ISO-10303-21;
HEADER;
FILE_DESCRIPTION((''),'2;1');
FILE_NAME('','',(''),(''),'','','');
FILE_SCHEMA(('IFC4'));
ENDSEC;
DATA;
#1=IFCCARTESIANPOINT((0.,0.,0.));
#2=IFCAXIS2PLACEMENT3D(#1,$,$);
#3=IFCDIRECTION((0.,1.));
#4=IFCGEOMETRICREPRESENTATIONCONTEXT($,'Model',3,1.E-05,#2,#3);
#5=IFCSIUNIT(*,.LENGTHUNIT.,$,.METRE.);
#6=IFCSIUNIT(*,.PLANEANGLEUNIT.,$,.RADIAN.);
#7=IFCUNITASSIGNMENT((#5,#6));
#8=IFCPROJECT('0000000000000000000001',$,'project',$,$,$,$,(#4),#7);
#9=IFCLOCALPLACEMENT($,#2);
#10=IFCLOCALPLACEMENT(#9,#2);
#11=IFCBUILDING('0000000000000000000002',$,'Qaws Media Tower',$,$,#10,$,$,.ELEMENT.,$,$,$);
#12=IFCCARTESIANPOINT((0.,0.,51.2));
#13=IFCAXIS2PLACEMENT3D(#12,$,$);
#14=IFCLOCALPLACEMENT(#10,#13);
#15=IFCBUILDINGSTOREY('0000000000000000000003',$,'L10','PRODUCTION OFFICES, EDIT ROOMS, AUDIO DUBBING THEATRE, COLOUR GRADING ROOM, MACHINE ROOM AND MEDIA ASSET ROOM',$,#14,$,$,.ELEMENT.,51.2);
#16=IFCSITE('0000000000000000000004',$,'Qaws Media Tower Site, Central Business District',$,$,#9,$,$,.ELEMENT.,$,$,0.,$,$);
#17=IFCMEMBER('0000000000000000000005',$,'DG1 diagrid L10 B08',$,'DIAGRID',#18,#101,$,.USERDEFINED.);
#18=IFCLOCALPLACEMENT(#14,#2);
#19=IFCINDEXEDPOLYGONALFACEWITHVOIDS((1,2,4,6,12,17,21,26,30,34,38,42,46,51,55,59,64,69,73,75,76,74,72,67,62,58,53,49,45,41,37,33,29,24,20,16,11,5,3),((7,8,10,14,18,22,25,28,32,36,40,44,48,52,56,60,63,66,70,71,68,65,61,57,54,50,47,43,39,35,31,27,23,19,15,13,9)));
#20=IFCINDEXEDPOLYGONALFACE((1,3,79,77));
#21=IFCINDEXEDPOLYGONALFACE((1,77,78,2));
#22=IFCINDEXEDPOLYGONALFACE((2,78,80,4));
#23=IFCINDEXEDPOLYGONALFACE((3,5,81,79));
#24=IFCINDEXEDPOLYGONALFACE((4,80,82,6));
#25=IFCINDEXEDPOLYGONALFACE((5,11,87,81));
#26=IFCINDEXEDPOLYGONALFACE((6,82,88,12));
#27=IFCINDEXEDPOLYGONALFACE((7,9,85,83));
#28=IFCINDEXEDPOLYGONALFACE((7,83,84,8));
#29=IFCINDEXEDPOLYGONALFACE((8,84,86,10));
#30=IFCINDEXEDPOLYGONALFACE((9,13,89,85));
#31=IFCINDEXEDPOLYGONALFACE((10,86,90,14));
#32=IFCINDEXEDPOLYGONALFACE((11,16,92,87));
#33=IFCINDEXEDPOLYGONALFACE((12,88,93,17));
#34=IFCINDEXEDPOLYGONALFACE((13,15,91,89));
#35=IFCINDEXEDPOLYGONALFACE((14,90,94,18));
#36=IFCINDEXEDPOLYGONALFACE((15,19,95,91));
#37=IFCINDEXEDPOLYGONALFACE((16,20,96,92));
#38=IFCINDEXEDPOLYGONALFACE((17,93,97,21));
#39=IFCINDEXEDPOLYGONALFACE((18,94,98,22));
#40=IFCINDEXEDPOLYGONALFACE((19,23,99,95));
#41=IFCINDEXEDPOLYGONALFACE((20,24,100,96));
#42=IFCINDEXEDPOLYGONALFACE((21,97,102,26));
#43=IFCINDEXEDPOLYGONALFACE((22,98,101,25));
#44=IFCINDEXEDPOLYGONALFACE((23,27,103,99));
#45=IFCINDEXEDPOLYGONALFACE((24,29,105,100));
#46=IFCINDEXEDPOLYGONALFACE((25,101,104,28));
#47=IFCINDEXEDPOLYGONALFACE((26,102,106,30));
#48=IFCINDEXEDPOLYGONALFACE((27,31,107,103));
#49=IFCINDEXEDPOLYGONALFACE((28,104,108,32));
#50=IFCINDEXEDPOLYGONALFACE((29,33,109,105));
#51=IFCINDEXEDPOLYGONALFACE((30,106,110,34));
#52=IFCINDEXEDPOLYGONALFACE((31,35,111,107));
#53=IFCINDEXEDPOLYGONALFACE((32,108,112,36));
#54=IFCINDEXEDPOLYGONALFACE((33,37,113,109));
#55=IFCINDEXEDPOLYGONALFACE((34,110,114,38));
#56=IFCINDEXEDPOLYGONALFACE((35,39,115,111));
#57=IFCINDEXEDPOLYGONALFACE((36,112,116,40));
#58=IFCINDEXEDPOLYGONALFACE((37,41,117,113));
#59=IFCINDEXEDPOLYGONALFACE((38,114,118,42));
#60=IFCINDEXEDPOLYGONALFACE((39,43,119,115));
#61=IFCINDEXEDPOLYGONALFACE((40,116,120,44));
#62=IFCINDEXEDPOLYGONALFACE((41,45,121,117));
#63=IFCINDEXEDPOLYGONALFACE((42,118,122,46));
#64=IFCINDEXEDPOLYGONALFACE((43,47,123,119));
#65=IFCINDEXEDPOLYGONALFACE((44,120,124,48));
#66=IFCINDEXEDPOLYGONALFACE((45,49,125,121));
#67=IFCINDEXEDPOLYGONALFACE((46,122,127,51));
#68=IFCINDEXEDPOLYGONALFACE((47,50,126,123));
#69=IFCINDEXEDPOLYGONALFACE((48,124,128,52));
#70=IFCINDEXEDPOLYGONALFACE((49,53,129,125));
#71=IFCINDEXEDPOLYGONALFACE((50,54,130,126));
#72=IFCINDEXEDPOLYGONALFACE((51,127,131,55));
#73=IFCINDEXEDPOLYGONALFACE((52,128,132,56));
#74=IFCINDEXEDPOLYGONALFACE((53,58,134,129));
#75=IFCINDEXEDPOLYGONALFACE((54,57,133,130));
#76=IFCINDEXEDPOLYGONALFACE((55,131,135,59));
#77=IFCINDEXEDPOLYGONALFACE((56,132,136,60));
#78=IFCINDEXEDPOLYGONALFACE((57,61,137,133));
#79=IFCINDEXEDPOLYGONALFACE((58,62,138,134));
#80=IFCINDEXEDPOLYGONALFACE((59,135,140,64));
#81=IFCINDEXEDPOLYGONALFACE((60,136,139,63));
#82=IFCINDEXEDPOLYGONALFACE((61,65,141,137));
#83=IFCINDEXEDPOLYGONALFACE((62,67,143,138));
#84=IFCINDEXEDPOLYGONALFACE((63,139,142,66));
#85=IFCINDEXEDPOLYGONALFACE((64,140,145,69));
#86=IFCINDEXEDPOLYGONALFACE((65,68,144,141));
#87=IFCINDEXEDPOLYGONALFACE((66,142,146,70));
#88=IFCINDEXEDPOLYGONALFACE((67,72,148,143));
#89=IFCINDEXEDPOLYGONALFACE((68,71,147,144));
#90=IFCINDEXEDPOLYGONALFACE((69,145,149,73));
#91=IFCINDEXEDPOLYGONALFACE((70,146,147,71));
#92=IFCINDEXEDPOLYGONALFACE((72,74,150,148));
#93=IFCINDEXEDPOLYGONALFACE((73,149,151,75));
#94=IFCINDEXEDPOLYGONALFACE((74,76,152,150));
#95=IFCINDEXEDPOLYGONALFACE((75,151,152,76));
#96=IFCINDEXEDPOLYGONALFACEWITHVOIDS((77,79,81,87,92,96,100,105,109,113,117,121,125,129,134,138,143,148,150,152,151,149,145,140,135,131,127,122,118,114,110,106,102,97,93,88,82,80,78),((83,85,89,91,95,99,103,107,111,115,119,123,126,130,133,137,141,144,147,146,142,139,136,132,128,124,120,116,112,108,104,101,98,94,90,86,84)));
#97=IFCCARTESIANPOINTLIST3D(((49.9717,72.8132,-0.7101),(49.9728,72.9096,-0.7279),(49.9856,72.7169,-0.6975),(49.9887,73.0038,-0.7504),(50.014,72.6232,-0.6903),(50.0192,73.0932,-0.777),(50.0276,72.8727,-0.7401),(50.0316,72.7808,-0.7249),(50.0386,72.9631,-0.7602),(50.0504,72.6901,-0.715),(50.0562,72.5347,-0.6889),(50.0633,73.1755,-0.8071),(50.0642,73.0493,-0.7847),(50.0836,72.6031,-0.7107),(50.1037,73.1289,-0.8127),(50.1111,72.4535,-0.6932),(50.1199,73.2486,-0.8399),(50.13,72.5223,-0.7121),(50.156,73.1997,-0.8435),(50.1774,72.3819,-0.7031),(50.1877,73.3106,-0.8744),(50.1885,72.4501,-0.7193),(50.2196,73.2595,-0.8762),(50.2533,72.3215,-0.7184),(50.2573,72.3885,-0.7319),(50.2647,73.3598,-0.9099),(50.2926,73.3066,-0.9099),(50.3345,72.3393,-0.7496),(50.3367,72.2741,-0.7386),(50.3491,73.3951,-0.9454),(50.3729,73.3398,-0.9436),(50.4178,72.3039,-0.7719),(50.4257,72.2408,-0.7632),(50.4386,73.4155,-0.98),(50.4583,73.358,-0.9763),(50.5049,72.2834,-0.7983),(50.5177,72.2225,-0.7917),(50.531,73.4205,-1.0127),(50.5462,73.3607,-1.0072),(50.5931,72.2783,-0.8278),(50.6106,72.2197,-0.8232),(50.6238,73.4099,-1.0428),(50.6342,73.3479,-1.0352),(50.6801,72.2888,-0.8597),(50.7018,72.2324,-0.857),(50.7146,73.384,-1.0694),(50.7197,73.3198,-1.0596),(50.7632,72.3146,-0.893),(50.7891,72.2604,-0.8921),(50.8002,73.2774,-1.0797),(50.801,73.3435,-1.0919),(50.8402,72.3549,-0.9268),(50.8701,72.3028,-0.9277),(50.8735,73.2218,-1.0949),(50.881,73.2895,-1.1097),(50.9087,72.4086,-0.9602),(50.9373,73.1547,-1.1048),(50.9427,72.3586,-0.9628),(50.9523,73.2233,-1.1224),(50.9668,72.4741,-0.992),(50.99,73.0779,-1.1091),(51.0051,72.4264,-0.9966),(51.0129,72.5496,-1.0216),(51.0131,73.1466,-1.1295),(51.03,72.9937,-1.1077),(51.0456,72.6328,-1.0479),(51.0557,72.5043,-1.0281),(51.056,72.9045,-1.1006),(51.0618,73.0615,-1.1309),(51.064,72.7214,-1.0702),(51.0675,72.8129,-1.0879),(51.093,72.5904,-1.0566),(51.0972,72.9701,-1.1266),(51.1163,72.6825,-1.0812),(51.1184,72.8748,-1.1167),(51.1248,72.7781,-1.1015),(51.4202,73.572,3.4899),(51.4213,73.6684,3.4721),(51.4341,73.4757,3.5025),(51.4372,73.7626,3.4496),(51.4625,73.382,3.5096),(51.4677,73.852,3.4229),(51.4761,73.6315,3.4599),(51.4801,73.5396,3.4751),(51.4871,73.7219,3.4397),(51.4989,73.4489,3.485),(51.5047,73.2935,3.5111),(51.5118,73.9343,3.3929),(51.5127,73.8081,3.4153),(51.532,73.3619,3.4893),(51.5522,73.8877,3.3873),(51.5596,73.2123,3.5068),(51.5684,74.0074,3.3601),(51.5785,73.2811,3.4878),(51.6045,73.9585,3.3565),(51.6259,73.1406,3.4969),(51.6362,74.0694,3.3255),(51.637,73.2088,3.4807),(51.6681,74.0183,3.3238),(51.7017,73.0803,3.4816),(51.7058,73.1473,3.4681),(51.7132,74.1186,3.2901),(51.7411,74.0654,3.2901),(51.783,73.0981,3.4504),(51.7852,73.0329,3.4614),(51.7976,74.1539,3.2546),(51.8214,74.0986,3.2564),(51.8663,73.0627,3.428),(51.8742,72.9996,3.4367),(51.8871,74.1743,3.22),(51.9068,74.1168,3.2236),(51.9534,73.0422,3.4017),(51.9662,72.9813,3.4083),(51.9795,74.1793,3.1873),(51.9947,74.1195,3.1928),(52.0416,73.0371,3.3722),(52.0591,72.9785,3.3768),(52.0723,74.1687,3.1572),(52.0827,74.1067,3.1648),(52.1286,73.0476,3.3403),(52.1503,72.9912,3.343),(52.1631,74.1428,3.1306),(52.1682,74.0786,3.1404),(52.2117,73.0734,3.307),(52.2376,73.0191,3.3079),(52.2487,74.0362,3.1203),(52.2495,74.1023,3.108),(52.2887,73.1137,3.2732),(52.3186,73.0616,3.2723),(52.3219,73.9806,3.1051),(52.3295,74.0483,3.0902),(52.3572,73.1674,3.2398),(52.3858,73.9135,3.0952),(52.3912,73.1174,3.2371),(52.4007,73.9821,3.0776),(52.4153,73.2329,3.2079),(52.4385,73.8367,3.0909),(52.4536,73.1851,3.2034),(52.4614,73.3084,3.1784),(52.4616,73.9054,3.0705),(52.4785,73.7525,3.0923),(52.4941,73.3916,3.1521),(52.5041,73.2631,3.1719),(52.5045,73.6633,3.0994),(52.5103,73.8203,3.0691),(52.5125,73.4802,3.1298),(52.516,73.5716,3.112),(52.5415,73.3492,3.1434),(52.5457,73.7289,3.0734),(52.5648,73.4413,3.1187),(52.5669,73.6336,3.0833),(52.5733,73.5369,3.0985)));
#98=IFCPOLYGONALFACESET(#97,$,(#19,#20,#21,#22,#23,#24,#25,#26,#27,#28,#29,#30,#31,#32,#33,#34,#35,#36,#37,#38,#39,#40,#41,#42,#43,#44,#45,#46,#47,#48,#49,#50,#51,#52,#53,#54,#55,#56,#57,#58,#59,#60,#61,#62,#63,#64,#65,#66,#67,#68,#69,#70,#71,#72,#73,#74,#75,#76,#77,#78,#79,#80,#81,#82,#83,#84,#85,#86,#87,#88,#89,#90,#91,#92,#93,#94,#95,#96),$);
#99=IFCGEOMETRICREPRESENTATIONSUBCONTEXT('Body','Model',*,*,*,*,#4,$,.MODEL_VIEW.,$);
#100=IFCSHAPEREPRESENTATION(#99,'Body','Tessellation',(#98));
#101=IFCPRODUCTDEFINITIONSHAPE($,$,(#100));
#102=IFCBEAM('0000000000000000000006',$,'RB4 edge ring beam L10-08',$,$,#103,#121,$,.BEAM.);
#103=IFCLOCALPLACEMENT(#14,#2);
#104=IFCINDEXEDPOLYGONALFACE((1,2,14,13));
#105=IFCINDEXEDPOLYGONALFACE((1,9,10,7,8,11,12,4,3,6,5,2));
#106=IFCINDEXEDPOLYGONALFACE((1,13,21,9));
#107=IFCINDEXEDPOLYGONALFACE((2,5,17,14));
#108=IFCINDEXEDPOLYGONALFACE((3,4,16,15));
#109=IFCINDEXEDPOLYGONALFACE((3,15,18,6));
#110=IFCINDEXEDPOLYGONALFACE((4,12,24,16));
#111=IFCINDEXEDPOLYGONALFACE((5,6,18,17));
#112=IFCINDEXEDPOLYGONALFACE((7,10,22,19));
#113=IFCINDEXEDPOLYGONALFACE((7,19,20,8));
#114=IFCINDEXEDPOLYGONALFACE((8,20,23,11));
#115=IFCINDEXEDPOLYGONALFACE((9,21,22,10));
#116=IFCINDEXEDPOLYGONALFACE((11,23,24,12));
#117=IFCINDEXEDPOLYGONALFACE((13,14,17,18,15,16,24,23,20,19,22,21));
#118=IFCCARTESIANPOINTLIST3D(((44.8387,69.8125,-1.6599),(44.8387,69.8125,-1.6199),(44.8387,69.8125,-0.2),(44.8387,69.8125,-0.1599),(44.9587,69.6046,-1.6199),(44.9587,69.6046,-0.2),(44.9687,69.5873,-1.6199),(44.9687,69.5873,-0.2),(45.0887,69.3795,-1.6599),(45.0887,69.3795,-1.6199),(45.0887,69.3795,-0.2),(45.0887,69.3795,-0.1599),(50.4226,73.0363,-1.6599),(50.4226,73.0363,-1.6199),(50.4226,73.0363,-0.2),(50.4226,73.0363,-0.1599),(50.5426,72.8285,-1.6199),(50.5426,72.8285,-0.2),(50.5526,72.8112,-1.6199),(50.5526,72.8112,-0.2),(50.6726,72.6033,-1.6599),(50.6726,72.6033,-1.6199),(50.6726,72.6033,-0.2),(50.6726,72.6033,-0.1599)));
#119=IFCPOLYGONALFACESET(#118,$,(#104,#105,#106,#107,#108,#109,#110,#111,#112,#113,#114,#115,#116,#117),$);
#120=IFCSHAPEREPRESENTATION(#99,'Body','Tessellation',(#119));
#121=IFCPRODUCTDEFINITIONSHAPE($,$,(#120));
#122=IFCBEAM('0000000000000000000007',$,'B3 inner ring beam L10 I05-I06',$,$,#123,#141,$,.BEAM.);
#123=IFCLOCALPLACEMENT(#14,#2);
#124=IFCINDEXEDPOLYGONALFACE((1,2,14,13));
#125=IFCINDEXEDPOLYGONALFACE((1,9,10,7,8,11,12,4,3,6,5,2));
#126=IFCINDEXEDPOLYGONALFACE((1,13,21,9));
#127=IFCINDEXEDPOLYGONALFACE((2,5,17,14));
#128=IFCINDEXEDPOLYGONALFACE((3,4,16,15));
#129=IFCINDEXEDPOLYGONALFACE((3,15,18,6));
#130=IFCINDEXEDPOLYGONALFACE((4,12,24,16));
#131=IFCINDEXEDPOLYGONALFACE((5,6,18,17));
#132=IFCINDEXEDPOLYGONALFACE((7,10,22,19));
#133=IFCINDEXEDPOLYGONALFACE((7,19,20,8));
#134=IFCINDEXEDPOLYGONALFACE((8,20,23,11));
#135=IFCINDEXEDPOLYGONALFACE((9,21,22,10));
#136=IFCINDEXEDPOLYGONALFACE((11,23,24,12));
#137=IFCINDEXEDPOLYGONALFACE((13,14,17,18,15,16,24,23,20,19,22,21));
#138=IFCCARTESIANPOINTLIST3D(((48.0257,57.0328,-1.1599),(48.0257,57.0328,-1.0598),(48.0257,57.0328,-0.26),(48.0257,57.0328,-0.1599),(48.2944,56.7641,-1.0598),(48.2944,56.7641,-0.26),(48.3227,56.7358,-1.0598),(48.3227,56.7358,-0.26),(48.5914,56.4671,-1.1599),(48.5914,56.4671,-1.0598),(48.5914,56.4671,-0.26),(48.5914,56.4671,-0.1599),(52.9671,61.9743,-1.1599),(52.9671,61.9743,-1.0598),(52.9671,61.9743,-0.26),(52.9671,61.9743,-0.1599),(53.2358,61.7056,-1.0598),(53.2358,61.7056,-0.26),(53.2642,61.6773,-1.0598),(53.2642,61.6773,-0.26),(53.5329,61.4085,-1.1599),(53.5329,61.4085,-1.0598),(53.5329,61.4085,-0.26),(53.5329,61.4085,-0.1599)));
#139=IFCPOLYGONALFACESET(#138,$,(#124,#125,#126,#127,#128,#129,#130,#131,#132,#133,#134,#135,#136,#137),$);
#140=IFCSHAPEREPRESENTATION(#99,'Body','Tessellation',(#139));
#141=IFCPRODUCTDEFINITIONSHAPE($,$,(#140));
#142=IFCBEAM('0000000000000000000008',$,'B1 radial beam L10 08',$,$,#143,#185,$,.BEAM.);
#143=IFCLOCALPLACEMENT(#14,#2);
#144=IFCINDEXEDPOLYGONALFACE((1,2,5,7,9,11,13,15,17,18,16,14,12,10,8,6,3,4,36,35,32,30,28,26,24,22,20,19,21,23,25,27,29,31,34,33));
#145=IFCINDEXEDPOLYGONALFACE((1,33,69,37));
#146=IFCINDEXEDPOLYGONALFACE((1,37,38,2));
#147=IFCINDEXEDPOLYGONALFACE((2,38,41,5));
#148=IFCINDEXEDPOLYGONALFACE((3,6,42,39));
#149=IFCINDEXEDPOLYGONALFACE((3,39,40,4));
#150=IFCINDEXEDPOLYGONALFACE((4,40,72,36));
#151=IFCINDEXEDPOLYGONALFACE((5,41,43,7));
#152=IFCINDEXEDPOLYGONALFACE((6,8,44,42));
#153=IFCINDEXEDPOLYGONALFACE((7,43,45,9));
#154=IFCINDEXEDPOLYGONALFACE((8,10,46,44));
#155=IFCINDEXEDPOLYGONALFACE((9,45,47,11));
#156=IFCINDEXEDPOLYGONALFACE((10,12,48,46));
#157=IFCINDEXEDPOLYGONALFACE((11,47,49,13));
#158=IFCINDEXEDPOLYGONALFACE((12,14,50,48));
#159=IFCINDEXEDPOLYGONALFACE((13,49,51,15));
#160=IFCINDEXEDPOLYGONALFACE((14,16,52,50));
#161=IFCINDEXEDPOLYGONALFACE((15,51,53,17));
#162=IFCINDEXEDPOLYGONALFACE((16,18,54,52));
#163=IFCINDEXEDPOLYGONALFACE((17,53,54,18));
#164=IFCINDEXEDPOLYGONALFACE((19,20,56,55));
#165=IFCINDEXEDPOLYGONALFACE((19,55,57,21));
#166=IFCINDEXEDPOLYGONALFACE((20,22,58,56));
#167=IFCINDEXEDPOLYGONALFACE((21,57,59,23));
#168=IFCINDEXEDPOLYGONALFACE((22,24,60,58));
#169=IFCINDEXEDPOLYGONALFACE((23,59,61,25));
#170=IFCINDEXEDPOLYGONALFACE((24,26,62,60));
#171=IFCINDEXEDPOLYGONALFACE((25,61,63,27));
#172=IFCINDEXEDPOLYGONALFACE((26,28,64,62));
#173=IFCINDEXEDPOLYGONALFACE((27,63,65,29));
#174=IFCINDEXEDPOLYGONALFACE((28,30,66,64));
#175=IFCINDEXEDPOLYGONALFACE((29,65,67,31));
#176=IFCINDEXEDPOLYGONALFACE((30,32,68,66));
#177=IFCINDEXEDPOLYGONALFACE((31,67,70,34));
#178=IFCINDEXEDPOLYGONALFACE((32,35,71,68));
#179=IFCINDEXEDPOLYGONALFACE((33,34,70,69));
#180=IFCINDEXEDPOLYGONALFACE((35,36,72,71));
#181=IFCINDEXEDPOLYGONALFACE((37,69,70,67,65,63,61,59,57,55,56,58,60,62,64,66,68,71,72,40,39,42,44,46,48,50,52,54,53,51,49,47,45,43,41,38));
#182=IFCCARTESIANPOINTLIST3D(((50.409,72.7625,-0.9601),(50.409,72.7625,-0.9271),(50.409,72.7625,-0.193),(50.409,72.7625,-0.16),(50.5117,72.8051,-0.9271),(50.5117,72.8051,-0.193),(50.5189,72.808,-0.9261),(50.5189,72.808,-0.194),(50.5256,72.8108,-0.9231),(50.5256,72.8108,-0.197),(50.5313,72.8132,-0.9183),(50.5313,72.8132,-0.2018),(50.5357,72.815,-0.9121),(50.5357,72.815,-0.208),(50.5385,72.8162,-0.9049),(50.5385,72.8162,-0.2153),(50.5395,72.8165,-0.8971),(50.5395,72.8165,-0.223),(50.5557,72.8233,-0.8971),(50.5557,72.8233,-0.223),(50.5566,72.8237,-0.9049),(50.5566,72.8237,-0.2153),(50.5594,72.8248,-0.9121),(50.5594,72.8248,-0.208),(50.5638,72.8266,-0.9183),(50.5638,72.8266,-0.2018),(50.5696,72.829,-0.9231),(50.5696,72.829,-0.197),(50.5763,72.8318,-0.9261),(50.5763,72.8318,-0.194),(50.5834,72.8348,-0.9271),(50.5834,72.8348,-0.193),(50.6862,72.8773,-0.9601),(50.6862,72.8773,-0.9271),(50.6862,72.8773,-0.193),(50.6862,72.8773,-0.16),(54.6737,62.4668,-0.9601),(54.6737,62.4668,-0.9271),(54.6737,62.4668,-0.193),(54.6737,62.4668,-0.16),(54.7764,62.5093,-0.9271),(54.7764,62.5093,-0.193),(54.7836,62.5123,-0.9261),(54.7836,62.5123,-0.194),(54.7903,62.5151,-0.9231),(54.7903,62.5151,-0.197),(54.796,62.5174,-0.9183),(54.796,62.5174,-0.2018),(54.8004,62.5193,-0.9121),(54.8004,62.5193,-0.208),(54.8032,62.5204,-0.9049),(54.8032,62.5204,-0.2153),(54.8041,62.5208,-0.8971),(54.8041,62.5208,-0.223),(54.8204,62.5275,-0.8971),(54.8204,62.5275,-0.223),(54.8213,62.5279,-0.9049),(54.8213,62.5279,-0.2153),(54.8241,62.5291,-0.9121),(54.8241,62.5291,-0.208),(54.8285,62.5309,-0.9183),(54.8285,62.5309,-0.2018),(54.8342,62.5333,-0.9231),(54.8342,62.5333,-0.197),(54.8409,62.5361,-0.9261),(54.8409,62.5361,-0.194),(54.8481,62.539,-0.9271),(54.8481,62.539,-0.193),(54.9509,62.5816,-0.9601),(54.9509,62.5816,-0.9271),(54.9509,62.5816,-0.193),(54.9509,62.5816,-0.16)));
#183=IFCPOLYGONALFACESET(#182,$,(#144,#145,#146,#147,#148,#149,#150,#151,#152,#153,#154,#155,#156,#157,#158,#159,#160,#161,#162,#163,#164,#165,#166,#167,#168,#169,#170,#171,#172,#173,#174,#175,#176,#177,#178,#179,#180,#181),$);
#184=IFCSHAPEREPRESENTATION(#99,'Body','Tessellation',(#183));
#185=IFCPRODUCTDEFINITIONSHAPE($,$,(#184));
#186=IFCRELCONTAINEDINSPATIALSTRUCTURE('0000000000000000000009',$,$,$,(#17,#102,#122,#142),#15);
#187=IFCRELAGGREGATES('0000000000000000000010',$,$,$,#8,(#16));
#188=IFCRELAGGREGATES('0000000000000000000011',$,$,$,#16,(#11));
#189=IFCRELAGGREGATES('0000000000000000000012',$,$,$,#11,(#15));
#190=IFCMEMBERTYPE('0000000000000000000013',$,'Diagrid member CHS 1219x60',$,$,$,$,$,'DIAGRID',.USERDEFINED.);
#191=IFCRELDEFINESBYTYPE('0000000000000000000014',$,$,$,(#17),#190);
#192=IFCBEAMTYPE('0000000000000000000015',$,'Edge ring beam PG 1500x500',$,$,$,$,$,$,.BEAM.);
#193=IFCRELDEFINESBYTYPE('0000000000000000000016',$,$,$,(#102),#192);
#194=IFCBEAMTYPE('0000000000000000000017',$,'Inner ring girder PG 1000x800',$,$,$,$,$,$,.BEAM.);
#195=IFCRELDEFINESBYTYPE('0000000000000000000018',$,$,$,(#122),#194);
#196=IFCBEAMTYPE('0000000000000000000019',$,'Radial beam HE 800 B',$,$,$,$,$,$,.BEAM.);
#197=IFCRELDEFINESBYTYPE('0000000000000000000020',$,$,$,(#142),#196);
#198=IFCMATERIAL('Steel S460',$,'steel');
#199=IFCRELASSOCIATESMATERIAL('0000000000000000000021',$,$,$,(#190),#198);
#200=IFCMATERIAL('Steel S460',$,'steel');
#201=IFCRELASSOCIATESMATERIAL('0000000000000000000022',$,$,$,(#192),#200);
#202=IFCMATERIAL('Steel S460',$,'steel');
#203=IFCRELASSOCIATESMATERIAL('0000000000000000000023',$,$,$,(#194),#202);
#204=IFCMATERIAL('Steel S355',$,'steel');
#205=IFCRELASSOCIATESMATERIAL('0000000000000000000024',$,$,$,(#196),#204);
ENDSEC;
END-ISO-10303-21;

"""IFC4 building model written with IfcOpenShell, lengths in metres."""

from ifc_helpers import new_model, si_unit, direction, frame, origin, origin_2d, place, context, subcontext, project, spatial, hollow_circle, i_section, extrude, material, material_profile, profile_set, type_object, element, save


model = new_model("IFC4")

# Units and contexts
model_context = context("Model", 3, precision=1e-05, world=origin(), true_north=direction((0.0, 1.0)))
body_context = subcontext(model_context, "Body", "Model", "MODEL_VIEW")
ifc_project = project(units=[si_unit("LENGTHUNIT", "METRE"), si_unit("PLANEANGLEUNIT", "RADIAN")], contexts=[model_context])

# Site, building, storey
site_placement = place(None, origin())
site = spatial("IfcSite", under=ifc_project, at=site_placement, Name="Qaws Media Tower Site, Central Business District", CompositionType="ELEMENT", RefElevation=0.0)
building_placement = place(site_placement, origin())
building = spatial("IfcBuilding", under=site, at=building_placement, Name="Qaws Media Tower", CompositionType="ELEMENT")
storey_placement = place(building_placement, frame((0.0, 0.0, 51.2)))
storey = spatial("IfcBuildingStorey", under=building, at=storey_placement, Name="L10", Description="PRODUCTION OFFICES, EDIT ROOMS, AUDIO DUBBING THEATRE, COLOUR GRADING ROOM, MACHINE ROOM AND MEDIA ASSET ROOM", CompositionType="ELEMENT", Elevation=51.2)

# Member
ifc_material_1 = material(Name="Steel S460", Category="steel")
ifc_material_profile_1 = material_profile(ifc_material_1, hollow_circle(Radius=0.6096, WallThickness=0.0601, at=origin_2d()), Name="CHS 1219x60")
ifc_profile_set_1 = profile_set([ifc_material_profile_1], Name="Steel S460")
member_type_1 = type_object("IfcMemberType", Name="Diagrid member CHS 1219x60", ElementType="DIAGRID", PredefinedType="USERDEFINED", material=ifc_profile_set_1)
for number, where, z_axis, x_axis, name in (
    (1, (50.5476, 72.8198, -0.9099), (0.321383, 0.168356, 0.931863), (-0.464035, 0.885817, 0.0), "DG1 diagrid L10 B08"),
):
    element("IfcMember", number, at=place(storey_placement, frame(where, z_axis=z_axis, x_axis=x_axis)), inside=storey, type_object=member_type_1, Name=name, ObjectType="DIAGRID", PredefinedType="USERDEFINED", context=body_context, shape_type="SweptSolid", body=[
        extrude(hollow_circle(Radius=0.6096, WallThickness=0.0601, at=origin_2d()), origin(), (0.0, 0.0, 1.0), 4.5071),
    ])

# Beams
ifc_material_2 = material(Name="Steel S460", Category="steel")
ifc_material_profile_2 = material_profile(ifc_material_2, i_section(OverallWidth=0.5, OverallDepth=1.5, WebThickness=0.02, FlangeThickness=0.04, at=origin_2d()), Name="PG 1500x500")
ifc_profile_set_2 = profile_set([ifc_material_profile_2], Name="Steel S460")
beam_type_1 = type_object("IfcBeamType", Name="Edge ring beam PG 1500x500", PredefinedType="BEAM", material=ifc_profile_set_2)
beam_1_placement = place(storey_placement, frame((50.5476, 72.8198, -0.9099), z_axis=(-0.866028, -0.499996, 0.0), x_axis=(0.499996, -0.866028, 0.0)))
element("IfcBeam", 2, at=beam_1_placement, inside=storey, type_object=beam_type_1, Name="RB4 edge ring beam L10-08", PredefinedType="BEAM", context=body_context, shape_type="SweptSolid", body=[
    extrude(i_section(OverallWidth=0.5, OverallDepth=1.5, WebThickness=0.02, FlangeThickness=0.04, at=origin_2d()), origin(), (0.0, 0.0, 1.0), 6.4478),
])
ifc_material_3 = material(Name="Steel S460", Category="steel")
ifc_material_profile_3 = material_profile(ifc_material_3, i_section(OverallWidth=0.8, OverallDepth=1.0, WebThickness=0.04, FlangeThickness=0.1001, at=origin_2d()), Name="PG 1000x800")
ifc_profile_set_3 = profile_set([ifc_material_profile_3], Name="Steel S460")
beam_type_2 = type_object("IfcBeamType", Name="Inner ring girder PG 1000x800", PredefinedType="BEAM", material=ifc_profile_set_3)
beam_2_placement = place(storey_placement, frame((53.25, 61.6914, -0.6599), z_axis=(-0.707107, -0.707107, 0.0), x_axis=(0.707107, -0.707107, 0.0)))
element("IfcBeam", 3, at=beam_2_placement, inside=storey, type_object=beam_type_2, Name="B3 inner ring beam L10 I05-I06", PredefinedType="BEAM", context=body_context, shape_type="SweptSolid", body=[
    extrude(i_section(OverallWidth=0.8, OverallDepth=1.0, WebThickness=0.04, FlangeThickness=0.1001, at=origin_2d()), origin(), (0.0, 0.0, 1.0), 6.9883),
])
ifc_material_4 = material(Name="Steel S355", Category="steel")
ifc_material_profile_4 = material_profile(ifc_material_4, i_section(OverallWidth=0.3, OverallDepth=0.8, WebThickness=0.0176, FlangeThickness=0.033, FilletRadius=0.03, at=origin_2d()), Name="HE 800 B")
ifc_profile_set_4 = profile_set([ifc_material_profile_4], Name="Steel S355")
beam_type_3 = type_object("IfcBeamType", Name="Radial beam HE 800 B", PredefinedType="BEAM", material=ifc_profile_set_4)
for number, where, z_axis, x_axis, name in (
    (4, (54.8123, 62.5242, -0.5601), (-0.382687, 0.923878, 0.0), (-0.923878, -0.382687, 0.0), "B1 radial beam L10 08"),
):
    element("IfcBeam", number, at=place(storey_placement, frame(where, z_axis=z_axis, x_axis=x_axis)), inside=storey, type_object=beam_type_3, Name=name, PredefinedType="BEAM", context=body_context, shape_type="SweptSolid", body=[
        extrude(i_section(OverallWidth=0.3, OverallDepth=0.8, WebThickness=0.0176, FlangeThickness=0.033, FilletRadius=0.03, at=origin_2d()), origin(), (0.0, 0.0, 1.0), 11.144),
    ])

save(model, "model.ifc")
